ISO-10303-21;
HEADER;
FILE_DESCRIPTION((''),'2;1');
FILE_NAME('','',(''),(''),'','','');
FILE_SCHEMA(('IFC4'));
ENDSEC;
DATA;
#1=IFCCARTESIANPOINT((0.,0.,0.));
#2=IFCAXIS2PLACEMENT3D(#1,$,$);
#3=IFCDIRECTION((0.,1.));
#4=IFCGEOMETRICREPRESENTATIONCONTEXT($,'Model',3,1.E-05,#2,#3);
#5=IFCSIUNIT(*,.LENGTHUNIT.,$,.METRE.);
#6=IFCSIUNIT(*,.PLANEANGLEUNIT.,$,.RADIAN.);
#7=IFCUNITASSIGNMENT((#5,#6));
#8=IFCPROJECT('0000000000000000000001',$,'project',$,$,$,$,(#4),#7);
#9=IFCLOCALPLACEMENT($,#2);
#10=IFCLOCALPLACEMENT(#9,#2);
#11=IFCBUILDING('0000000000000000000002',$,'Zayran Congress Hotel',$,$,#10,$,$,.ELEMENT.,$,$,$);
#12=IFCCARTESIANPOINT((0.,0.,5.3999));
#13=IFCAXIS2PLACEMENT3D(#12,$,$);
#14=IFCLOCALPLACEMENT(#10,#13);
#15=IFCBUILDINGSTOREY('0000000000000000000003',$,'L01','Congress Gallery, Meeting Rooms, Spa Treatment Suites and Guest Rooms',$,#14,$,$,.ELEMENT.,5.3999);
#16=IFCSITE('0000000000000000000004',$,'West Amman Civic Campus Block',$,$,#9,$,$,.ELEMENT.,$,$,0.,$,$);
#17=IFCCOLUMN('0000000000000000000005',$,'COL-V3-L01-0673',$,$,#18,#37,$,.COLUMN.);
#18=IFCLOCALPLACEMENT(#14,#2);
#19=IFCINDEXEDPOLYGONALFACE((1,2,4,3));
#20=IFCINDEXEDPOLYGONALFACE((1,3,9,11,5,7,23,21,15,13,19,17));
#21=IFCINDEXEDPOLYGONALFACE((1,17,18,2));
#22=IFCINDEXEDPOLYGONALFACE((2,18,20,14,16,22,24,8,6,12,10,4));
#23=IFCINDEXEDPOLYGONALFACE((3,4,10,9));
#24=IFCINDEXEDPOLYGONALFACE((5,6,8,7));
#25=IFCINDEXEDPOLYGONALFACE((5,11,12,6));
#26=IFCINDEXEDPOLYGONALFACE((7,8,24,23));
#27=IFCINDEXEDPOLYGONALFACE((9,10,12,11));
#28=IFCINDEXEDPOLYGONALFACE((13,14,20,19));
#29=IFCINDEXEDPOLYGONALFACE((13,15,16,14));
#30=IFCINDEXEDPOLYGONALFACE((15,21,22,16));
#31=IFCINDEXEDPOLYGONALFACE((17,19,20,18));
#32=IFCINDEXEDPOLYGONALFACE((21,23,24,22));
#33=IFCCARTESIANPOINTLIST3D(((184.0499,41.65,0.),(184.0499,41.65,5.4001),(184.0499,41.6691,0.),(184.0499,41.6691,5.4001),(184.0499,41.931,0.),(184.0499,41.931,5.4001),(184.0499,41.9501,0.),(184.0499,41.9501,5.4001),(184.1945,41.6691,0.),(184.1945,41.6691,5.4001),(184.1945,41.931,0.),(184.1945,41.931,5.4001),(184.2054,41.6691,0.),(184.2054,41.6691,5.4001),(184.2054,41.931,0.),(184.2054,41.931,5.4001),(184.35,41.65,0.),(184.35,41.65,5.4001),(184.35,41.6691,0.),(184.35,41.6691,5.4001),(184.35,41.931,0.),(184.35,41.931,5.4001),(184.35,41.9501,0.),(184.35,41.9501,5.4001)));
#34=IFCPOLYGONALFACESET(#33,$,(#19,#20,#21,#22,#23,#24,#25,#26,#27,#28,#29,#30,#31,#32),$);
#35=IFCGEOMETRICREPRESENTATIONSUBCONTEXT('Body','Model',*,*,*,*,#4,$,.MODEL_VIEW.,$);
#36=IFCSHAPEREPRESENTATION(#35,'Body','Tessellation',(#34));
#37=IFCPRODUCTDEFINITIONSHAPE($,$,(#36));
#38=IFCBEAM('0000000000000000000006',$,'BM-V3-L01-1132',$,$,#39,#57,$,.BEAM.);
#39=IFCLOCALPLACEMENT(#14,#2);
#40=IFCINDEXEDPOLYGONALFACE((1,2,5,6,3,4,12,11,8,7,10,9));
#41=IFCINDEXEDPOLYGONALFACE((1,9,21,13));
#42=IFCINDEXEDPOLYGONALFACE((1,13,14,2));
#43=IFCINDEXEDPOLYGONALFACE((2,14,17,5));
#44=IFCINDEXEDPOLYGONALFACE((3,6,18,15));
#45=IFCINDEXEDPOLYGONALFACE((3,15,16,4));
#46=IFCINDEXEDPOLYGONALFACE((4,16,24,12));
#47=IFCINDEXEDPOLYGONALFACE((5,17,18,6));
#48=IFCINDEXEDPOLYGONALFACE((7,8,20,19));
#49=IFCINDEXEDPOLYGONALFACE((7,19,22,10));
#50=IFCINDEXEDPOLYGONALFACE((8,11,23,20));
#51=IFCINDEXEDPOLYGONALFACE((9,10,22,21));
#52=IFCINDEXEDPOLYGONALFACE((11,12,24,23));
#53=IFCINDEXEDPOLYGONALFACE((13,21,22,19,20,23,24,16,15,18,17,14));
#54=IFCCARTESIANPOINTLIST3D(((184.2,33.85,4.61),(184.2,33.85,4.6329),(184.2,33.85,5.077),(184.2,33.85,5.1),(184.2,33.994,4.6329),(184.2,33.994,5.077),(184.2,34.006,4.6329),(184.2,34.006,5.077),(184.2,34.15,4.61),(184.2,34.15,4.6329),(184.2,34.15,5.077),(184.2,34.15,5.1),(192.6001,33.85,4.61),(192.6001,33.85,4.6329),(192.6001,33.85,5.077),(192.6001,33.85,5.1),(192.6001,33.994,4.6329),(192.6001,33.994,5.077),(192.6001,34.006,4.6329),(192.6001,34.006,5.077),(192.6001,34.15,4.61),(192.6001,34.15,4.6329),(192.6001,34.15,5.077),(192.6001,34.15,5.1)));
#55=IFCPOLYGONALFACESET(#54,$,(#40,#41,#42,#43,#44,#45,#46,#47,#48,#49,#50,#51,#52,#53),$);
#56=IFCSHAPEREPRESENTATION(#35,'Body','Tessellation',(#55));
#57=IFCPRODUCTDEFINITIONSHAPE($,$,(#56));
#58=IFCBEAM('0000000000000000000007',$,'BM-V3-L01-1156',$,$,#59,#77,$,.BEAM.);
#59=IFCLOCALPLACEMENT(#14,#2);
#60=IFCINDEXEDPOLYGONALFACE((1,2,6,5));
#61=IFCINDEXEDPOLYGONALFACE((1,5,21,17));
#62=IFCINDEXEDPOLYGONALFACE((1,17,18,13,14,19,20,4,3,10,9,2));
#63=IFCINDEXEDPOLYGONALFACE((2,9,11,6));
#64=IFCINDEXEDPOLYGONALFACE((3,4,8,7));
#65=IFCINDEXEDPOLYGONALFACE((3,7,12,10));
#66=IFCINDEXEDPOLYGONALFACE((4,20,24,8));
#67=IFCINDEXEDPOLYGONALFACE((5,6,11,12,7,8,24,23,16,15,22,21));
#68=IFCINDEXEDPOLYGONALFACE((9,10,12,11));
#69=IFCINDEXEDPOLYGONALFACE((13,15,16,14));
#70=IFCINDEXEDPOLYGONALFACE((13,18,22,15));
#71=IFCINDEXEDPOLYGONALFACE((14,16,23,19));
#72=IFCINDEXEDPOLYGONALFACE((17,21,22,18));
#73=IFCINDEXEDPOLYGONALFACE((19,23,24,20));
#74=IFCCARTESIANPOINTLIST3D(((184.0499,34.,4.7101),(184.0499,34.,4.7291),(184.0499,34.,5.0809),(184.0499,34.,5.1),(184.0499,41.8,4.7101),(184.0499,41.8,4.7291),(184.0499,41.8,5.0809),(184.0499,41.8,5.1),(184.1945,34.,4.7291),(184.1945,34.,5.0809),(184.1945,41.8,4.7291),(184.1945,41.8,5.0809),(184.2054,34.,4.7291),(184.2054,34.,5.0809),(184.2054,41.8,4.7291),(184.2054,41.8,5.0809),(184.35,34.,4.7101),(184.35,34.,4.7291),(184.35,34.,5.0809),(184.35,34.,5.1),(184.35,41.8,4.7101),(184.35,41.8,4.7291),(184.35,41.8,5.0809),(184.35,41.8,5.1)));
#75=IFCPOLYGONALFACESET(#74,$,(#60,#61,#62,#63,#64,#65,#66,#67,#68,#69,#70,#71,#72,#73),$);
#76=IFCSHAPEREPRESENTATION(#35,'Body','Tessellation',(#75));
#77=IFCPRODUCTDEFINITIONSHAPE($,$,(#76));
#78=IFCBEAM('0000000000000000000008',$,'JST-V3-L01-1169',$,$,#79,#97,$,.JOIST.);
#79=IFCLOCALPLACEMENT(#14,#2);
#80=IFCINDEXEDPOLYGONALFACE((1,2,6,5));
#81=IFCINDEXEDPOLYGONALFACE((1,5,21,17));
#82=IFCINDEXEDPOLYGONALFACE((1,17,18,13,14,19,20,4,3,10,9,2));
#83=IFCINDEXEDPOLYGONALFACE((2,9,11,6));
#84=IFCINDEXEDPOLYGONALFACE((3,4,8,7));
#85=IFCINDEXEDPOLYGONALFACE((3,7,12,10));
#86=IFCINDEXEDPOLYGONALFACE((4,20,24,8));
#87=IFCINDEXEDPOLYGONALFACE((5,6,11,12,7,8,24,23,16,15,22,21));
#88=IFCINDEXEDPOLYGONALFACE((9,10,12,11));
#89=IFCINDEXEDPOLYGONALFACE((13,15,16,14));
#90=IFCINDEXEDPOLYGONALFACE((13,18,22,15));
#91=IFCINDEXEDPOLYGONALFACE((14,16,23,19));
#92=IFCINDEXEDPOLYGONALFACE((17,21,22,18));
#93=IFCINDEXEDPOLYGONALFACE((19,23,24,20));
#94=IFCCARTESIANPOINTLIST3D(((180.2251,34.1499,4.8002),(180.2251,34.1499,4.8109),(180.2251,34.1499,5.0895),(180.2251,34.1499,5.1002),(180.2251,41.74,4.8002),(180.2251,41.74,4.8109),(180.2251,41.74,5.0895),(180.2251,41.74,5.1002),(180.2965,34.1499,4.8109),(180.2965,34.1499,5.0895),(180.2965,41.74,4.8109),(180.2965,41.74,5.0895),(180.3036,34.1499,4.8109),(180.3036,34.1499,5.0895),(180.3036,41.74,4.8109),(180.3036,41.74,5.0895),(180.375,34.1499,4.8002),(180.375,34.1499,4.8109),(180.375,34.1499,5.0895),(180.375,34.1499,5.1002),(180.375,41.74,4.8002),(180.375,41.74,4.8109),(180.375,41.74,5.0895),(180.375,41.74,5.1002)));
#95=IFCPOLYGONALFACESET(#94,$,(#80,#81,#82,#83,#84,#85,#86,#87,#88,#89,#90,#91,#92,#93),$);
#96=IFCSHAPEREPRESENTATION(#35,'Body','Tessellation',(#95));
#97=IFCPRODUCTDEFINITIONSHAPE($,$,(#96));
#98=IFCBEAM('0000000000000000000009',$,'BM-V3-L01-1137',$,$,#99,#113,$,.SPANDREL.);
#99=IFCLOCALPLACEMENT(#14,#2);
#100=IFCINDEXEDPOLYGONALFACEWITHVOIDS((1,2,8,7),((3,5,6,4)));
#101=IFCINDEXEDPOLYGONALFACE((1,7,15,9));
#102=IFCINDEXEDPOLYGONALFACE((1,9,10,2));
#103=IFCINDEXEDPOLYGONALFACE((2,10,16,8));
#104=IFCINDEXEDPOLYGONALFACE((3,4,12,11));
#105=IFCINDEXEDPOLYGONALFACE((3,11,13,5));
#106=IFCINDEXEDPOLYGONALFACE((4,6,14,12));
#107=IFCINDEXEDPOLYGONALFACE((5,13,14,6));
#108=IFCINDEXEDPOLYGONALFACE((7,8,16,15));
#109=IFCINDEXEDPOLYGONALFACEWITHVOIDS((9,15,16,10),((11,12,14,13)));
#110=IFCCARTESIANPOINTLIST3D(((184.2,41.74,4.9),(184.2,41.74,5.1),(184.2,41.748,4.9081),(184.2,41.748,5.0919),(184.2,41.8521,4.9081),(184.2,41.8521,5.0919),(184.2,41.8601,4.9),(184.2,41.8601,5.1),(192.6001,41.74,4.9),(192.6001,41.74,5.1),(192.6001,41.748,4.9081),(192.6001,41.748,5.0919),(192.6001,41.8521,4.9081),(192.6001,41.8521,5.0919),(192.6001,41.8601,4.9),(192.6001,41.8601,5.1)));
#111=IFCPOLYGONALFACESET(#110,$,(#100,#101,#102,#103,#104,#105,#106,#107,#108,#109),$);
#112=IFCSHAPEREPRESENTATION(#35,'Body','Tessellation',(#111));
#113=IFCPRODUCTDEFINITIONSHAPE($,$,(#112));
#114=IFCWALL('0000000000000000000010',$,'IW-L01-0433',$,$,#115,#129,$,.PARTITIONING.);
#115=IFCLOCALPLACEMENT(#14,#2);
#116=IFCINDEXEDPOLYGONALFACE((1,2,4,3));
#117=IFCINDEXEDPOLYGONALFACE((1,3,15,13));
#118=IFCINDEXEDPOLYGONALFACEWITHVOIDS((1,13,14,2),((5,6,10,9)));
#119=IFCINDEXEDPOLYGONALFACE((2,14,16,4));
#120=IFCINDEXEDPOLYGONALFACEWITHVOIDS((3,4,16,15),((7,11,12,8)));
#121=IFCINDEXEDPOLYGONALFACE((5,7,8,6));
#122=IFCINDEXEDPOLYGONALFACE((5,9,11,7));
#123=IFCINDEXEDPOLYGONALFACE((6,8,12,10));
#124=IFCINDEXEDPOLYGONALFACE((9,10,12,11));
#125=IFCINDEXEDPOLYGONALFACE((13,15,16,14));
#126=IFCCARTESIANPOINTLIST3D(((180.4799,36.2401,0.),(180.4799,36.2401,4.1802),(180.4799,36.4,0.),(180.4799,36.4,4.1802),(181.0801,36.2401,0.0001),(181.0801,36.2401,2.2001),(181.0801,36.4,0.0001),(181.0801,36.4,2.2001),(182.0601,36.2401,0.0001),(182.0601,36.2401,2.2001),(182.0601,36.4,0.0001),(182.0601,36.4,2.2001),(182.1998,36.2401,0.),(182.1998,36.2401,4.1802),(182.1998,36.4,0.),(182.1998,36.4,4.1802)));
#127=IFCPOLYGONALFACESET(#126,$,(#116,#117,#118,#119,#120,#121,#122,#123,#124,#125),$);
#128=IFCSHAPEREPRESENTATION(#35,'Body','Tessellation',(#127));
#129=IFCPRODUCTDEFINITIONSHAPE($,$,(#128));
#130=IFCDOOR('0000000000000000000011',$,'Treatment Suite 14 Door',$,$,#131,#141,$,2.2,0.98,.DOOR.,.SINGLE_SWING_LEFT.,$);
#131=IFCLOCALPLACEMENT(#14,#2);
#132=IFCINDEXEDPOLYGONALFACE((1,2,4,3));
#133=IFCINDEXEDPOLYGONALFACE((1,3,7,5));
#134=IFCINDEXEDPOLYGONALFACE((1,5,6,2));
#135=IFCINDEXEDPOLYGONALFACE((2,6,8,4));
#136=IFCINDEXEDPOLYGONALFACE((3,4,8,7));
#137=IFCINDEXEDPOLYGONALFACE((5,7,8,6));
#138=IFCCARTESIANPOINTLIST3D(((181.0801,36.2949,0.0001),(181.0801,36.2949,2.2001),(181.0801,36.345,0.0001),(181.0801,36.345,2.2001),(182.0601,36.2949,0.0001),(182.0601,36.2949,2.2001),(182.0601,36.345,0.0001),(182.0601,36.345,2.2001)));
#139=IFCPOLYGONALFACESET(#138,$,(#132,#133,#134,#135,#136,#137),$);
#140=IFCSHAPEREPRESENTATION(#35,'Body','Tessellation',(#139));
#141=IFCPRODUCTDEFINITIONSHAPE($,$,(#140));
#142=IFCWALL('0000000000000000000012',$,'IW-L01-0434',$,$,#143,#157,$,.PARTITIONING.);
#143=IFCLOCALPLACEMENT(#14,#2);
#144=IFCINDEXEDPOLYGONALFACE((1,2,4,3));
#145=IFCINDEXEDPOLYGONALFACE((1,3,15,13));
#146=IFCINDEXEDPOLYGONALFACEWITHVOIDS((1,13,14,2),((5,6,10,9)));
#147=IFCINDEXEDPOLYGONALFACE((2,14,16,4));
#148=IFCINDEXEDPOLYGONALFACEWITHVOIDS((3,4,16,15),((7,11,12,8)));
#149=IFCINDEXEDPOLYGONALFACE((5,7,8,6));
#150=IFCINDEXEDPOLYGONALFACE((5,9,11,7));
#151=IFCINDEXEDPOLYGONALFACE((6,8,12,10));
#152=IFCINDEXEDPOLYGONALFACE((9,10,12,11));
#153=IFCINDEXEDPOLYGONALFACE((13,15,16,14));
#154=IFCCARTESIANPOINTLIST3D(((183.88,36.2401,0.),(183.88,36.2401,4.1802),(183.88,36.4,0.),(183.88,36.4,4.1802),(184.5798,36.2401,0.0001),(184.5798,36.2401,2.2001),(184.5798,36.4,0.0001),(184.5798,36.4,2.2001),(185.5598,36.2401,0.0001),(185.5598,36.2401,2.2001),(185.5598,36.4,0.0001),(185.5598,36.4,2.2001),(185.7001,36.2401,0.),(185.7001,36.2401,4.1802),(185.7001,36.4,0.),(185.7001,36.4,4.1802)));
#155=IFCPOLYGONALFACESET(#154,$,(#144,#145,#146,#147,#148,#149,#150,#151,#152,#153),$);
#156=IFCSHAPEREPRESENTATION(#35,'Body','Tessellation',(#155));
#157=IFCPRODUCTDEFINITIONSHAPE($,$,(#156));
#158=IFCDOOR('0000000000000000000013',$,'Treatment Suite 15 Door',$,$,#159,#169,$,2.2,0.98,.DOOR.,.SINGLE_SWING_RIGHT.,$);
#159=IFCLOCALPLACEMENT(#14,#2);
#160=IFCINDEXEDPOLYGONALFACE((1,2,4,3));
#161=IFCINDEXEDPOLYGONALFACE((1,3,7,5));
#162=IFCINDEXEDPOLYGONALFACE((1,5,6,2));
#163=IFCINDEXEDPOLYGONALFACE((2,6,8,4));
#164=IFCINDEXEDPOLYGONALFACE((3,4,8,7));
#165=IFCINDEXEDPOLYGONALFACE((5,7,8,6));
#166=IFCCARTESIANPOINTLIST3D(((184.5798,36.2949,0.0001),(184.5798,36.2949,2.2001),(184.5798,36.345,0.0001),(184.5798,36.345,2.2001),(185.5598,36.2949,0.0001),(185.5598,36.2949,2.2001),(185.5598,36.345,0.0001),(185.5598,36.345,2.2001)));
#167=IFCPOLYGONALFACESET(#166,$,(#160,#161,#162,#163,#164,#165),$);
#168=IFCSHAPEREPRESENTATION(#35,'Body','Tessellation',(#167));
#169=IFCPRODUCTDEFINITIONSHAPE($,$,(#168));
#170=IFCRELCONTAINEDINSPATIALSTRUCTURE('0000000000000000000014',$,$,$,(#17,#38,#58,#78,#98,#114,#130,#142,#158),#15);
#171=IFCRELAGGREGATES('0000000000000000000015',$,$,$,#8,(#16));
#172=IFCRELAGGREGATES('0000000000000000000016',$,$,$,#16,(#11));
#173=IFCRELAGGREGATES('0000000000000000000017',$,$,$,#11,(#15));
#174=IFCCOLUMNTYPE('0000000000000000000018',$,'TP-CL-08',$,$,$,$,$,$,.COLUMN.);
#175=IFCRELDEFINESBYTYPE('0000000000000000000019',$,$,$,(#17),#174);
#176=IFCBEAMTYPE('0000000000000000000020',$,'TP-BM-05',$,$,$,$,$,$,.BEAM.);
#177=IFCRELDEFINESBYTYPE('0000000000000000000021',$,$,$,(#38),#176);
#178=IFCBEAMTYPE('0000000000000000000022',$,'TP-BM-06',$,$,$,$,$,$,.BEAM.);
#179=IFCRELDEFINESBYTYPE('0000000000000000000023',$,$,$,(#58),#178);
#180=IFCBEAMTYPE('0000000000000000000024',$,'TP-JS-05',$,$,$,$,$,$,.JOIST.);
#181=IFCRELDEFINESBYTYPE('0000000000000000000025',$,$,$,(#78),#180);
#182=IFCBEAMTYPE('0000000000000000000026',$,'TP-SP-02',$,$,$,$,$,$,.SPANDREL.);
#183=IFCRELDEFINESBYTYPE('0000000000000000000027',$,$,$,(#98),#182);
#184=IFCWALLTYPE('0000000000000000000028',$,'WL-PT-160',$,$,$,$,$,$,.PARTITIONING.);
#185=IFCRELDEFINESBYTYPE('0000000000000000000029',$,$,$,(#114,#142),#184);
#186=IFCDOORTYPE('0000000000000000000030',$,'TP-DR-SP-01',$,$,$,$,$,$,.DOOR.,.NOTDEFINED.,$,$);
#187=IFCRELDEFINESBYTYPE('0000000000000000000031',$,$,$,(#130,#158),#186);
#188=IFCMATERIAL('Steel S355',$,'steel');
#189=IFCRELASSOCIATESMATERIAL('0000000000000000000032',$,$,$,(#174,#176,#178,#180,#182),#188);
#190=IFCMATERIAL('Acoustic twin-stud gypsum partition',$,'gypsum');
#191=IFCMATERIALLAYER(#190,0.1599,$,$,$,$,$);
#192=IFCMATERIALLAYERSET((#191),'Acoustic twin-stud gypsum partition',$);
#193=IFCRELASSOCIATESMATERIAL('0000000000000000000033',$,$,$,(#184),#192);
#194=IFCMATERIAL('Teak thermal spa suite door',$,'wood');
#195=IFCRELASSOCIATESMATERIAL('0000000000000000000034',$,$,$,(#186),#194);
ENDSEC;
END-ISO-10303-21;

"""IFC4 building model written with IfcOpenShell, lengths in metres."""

from ifc_helpers import new_model, si_unit, direction, frame, frame_2d, origin, origin_2d, place, context, subcontext, project, spatial, rectangle, hollow_rectangle, i_section, extrude, material, layer, layer_set, material_profile, profile_set, type_object, element, fill, save


model = new_model("IFC4")

# Units and contexts
model_context = context("Model", 3, precision=1e-05, world=origin(), true_north=direction((0.0, 1.0)))
body_context = subcontext(model_context, "Body", "Model", "MODEL_VIEW")
ifc_project = project(units=[si_unit("LENGTHUNIT", "METRE"), si_unit("PLANEANGLEUNIT", "RADIAN")], contexts=[model_context])

# Site, building, storey
site_placement = place(None, origin())
site = spatial("IfcSite", under=ifc_project, at=site_placement, Name="West Amman Civic Campus Block", CompositionType="ELEMENT", RefElevation=0.0)
building_placement = place(site_placement, origin())
building = spatial("IfcBuilding", under=site, at=building_placement, Name="Zayran Congress Hotel", CompositionType="ELEMENT")
storey_placement = place(building_placement, frame((0.0, 0.0, 5.3999)))
storey = spatial("IfcBuildingStorey", under=building, at=storey_placement, Name="L01", Description="Congress Gallery, Meeting Rooms, Spa Treatment Suites and Guest Rooms", CompositionType="ELEMENT", Elevation=5.3999)

# Column
ifc_material_1 = material(Name="Steel S355", Category="steel")
ifc_material_profile_1 = material_profile(ifc_material_1, i_section(OverallWidth=0.3, OverallDepth=0.3, WebThickness=0.011, FlangeThickness=0.019, at=origin_2d()), Name="HEB 300")
ifc_profile_set_1 = profile_set([ifc_material_profile_1], Name="Steel S355")
column_type = type_object("IfcColumnType", Name="TP-CL-08", PredefinedType="COLUMN", material=ifc_profile_set_1)
column_placement = place(storey_placement, frame((184.2, 41.8, 0.0), z_axis=(0.0, 0.0, 1.0), x_axis=(1.0, 0.0, 0.0)))
element("IfcColumn", 1, at=column_placement, inside=storey, type_object=column_type, Name="COL-V3-L01-0673", PredefinedType="COLUMN", context=body_context, shape_type="SweptSolid", body=[
    extrude(i_section(OverallWidth=0.3, OverallDepth=0.3, WebThickness=0.011, FlangeThickness=0.019, at=origin_2d()), origin(), (0.0, 0.0, 1.0), 5.4001),
])

# Beams
ifc_material_profile_2 = material_profile(ifc_material_1, i_section(OverallWidth=0.3, OverallDepth=0.49, WebThickness=0.012, FlangeThickness=0.0229, at=origin_2d()), Name="HEA 500")
ifc_profile_set_2 = profile_set([ifc_material_profile_2], Name="Steel S355")
beam_type_1 = type_object("IfcBeamType", Name="TP-BM-05", PredefinedType="BEAM", material=ifc_profile_set_2)
beam_1_placement = place(storey_placement, frame((184.2, 34.0, 4.855), z_axis=(1.0, 0.0, 0.0), x_axis=(0.0, 1.0, 0.0)))
element("IfcBeam", 2, at=beam_1_placement, inside=storey, type_object=beam_type_1, Name="BM-V3-L01-1132", PredefinedType="BEAM", context=body_context, shape_type="SweptSolid", body=[
    extrude(i_section(OverallWidth=0.3, OverallDepth=0.49, WebThickness=0.012, FlangeThickness=0.0229, at=origin_2d()), origin(), (0.0, 0.0, 1.0), 8.4001),
])
ifc_material_profile_3 = material_profile(ifc_material_1, i_section(OverallWidth=0.3, OverallDepth=0.3899, WebThickness=0.011, FlangeThickness=0.019, at=origin_2d()), Name="HEA 400")
ifc_profile_set_3 = profile_set([ifc_material_profile_3], Name="Steel S355")
beam_type_2 = type_object("IfcBeamType", Name="TP-BM-06", PredefinedType="BEAM", material=ifc_profile_set_3)
beam_2_placement = place(storey_placement, frame((184.2, 34.0, 4.905), z_axis=(0.0, 1.0, 0.0), x_axis=(-1.0, 0.0, 0.0)))
element("IfcBeam", 3, at=beam_2_placement, inside=storey, type_object=beam_type_2, Name="BM-V3-L01-1156", PredefinedType="BEAM", context=body_context, shape_type="SweptSolid", body=[
    extrude(i_section(OverallWidth=0.3, OverallDepth=0.3899, WebThickness=0.011, FlangeThickness=0.019, at=origin_2d()), origin(), (0.0, 0.0, 1.0), 7.8),
])
ifc_material_profile_4 = material_profile(ifc_material_1, i_section(OverallWidth=0.1499, OverallDepth=0.3, WebThickness=0.0071, FlangeThickness=0.0107, at=origin_2d()), Name="IPE 300")
ifc_profile_set_4 = profile_set([ifc_material_profile_4], Name="Steel S355")
beam_type_3 = type_object("IfcBeamType", Name="TP-JS-05", PredefinedType="JOIST", material=ifc_profile_set_4)
beam_3_placement = place(storey_placement, frame((180.3, 34.1499, 4.9502), z_axis=(0.0, 1.0, 0.0), x_axis=(-1.0, 0.0, 0.0)))
element("IfcBeam", 4, at=beam_3_placement, inside=storey, type_object=beam_type_3, Name="JST-V3-L01-1169", PredefinedType="JOIST", context=body_context, shape_type="SweptSolid", body=[
    extrude(i_section(OverallWidth=0.1499, OverallDepth=0.3, WebThickness=0.0071, FlangeThickness=0.0107, at=origin_2d()), origin(), (0.0, 0.0, 1.0), 7.5901),
])
ifc_material_profile_5 = material_profile(ifc_material_1, hollow_rectangle(XDim=0.1201, YDim=0.2, WallThickness=0.0081, at=origin_2d()), Name="RHS 200x120x8")
ifc_profile_set_5 = profile_set([ifc_material_profile_5], Name="Steel S355")
beam_type_4 = type_object("IfcBeamType", Name="TP-SP-02", PredefinedType="SPANDREL", material=ifc_profile_set_5)
beam_4_placement = place(storey_placement, frame((184.2, 41.8, 5.0), z_axis=(1.0, 0.0, 0.0), x_axis=(0.0, 1.0, 0.0)))
element("IfcBeam", 5, at=beam_4_placement, inside=storey, type_object=beam_type_4, Name="BM-V3-L01-1137", PredefinedType="SPANDREL", context=body_context, shape_type="SweptSolid", body=[
    extrude(hollow_rectangle(XDim=0.1201, YDim=0.2, WallThickness=0.0081, at=origin_2d()), origin(), (0.0, 0.0, 1.0), 8.4001),
])

# Walls, openings, doors
ifc_material_2 = material(Name="Acoustic twin-stud gypsum partition", Category="gypsum")
ifc_layer_1 = layer(ifc_material_2, 0.1599)
ifc_layer_set_1 = layer_set([ifc_layer_1], Name="Acoustic twin-stud gypsum partition")
wall_type_1 = type_object("IfcWallType", Name="WL-PT-160", PredefinedType="PARTITIONING", material=ifc_layer_set_1)
wall_1_placement = place(storey_placement, frame((180.48, 36.3201, 0.0), z_axis=(0.0, 0.0, 1.0), x_axis=(1.0, 0.0, 0.0)))
wall_1 = element("IfcWall", 6, at=wall_1_placement, inside=storey, type_object=wall_type_1, Name="IW-L01-0433", PredefinedType="PARTITIONING", context=body_context, shape_type="SweptSolid", body=[
    extrude(rectangle(XDim=1.72, YDim=0.1599, at=frame_2d((0.8599, 0.0))), origin(), (0.0, 0.0, 1.0), 4.1802),
])
opening_1_placement = place(wall_1_placement, frame((0.6001, 0.0, 0.0)))
opening_1 = element("IfcOpeningElement", 7, at=opening_1_placement, cuts=wall_1, PredefinedType="OPENING", context=body_context, shape_type="SweptSolid", body=[
    extrude(rectangle(XDim=0.98, YDim=2.2, at=frame_2d((0.49, 1.1001))), frame((0.0, 0.0898, 0.0), z_axis=(0.0, -1.0, 0.0), x_axis=(1.0, 0.0, 0.0)), (0.0, 0.0, 1.0), 0.1799),
])
ifc_material_3 = material(Name="Teak thermal spa suite door", Category="wood")
door_type_1 = type_object("IfcDoorType", Name="TP-DR-SP-01", OperationType="NOTDEFINED", PredefinedType="DOOR", material=ifc_material_3)
door_1_placement = place(opening_1_placement, origin())
door_1 = element("IfcDoor", 8, at=door_1_placement, inside=storey, type_object=door_type_1, Name="Treatment Suite 14 Door", OperationType="SINGLE_SWING_LEFT", OverallHeight=2.2, OverallWidth=0.98, PredefinedType="DOOR", context=body_context, shape_type="SweptSolid", body=[
    extrude(rectangle(XDim=0.98, YDim=2.2, at=frame_2d((0.49, 1.1001))), frame((0.0, 0.0249, 0.0), z_axis=(0.0, -1.0, 0.0), x_axis=(1.0, 0.0, 0.0)), (0.0, 0.0, 1.0), 0.05),
])
fill(opening_1, door_1)
wall_2_placement = place(storey_placement, frame((183.8799, 36.3201, 0.0), z_axis=(0.0, 0.0, 1.0), x_axis=(1.0, 0.0, 0.0)))
wall_2 = element("IfcWall", 9, at=wall_2_placement, inside=storey, type_object=wall_type_1, Name="IW-L01-0434", PredefinedType="PARTITIONING", context=body_context, shape_type="SweptSolid", body=[
    extrude(rectangle(XDim=1.8201, YDim=0.1599, at=frame_2d((0.9102, 0.0))), origin(), (0.0, 0.0, 1.0), 4.1802),
])
opening_2_placement = place(wall_2_placement, frame((0.7, 0.0, 0.0)))
opening_2 = element("IfcOpeningElement", 10, at=opening_2_placement, cuts=wall_2, PredefinedType="OPENING", context=body_context, shape_type="SweptSolid", body=[
    extrude(rectangle(XDim=0.98, YDim=2.2, at=frame_2d((0.49, 1.1001))), frame((0.0, 0.0898, 0.0), z_axis=(0.0, -1.0, 0.0), x_axis=(1.0, 0.0, 0.0)), (0.0, 0.0, 1.0), 0.1799),
])
door_2_placement = place(opening_2_placement, origin())
door_2 = element("IfcDoor", 11, at=door_2_placement, inside=storey, type_object=door_type_1, Name="Treatment Suite 15 Door", OperationType="SINGLE_SWING_RIGHT", OverallHeight=2.2, OverallWidth=0.98, PredefinedType="DOOR", context=body_context, shape_type="SweptSolid", body=[
    extrude(rectangle(XDim=0.98, YDim=2.2, at=frame_2d((0.49, 1.1001))), frame((0.0, 0.0249, 0.0), z_axis=(0.0, -1.0, 0.0), x_axis=(1.0, 0.0, 0.0)), (0.0, 0.0, 1.0), 0.05),
])
fill(opening_2, door_2)

save(model, "model.ifc")
